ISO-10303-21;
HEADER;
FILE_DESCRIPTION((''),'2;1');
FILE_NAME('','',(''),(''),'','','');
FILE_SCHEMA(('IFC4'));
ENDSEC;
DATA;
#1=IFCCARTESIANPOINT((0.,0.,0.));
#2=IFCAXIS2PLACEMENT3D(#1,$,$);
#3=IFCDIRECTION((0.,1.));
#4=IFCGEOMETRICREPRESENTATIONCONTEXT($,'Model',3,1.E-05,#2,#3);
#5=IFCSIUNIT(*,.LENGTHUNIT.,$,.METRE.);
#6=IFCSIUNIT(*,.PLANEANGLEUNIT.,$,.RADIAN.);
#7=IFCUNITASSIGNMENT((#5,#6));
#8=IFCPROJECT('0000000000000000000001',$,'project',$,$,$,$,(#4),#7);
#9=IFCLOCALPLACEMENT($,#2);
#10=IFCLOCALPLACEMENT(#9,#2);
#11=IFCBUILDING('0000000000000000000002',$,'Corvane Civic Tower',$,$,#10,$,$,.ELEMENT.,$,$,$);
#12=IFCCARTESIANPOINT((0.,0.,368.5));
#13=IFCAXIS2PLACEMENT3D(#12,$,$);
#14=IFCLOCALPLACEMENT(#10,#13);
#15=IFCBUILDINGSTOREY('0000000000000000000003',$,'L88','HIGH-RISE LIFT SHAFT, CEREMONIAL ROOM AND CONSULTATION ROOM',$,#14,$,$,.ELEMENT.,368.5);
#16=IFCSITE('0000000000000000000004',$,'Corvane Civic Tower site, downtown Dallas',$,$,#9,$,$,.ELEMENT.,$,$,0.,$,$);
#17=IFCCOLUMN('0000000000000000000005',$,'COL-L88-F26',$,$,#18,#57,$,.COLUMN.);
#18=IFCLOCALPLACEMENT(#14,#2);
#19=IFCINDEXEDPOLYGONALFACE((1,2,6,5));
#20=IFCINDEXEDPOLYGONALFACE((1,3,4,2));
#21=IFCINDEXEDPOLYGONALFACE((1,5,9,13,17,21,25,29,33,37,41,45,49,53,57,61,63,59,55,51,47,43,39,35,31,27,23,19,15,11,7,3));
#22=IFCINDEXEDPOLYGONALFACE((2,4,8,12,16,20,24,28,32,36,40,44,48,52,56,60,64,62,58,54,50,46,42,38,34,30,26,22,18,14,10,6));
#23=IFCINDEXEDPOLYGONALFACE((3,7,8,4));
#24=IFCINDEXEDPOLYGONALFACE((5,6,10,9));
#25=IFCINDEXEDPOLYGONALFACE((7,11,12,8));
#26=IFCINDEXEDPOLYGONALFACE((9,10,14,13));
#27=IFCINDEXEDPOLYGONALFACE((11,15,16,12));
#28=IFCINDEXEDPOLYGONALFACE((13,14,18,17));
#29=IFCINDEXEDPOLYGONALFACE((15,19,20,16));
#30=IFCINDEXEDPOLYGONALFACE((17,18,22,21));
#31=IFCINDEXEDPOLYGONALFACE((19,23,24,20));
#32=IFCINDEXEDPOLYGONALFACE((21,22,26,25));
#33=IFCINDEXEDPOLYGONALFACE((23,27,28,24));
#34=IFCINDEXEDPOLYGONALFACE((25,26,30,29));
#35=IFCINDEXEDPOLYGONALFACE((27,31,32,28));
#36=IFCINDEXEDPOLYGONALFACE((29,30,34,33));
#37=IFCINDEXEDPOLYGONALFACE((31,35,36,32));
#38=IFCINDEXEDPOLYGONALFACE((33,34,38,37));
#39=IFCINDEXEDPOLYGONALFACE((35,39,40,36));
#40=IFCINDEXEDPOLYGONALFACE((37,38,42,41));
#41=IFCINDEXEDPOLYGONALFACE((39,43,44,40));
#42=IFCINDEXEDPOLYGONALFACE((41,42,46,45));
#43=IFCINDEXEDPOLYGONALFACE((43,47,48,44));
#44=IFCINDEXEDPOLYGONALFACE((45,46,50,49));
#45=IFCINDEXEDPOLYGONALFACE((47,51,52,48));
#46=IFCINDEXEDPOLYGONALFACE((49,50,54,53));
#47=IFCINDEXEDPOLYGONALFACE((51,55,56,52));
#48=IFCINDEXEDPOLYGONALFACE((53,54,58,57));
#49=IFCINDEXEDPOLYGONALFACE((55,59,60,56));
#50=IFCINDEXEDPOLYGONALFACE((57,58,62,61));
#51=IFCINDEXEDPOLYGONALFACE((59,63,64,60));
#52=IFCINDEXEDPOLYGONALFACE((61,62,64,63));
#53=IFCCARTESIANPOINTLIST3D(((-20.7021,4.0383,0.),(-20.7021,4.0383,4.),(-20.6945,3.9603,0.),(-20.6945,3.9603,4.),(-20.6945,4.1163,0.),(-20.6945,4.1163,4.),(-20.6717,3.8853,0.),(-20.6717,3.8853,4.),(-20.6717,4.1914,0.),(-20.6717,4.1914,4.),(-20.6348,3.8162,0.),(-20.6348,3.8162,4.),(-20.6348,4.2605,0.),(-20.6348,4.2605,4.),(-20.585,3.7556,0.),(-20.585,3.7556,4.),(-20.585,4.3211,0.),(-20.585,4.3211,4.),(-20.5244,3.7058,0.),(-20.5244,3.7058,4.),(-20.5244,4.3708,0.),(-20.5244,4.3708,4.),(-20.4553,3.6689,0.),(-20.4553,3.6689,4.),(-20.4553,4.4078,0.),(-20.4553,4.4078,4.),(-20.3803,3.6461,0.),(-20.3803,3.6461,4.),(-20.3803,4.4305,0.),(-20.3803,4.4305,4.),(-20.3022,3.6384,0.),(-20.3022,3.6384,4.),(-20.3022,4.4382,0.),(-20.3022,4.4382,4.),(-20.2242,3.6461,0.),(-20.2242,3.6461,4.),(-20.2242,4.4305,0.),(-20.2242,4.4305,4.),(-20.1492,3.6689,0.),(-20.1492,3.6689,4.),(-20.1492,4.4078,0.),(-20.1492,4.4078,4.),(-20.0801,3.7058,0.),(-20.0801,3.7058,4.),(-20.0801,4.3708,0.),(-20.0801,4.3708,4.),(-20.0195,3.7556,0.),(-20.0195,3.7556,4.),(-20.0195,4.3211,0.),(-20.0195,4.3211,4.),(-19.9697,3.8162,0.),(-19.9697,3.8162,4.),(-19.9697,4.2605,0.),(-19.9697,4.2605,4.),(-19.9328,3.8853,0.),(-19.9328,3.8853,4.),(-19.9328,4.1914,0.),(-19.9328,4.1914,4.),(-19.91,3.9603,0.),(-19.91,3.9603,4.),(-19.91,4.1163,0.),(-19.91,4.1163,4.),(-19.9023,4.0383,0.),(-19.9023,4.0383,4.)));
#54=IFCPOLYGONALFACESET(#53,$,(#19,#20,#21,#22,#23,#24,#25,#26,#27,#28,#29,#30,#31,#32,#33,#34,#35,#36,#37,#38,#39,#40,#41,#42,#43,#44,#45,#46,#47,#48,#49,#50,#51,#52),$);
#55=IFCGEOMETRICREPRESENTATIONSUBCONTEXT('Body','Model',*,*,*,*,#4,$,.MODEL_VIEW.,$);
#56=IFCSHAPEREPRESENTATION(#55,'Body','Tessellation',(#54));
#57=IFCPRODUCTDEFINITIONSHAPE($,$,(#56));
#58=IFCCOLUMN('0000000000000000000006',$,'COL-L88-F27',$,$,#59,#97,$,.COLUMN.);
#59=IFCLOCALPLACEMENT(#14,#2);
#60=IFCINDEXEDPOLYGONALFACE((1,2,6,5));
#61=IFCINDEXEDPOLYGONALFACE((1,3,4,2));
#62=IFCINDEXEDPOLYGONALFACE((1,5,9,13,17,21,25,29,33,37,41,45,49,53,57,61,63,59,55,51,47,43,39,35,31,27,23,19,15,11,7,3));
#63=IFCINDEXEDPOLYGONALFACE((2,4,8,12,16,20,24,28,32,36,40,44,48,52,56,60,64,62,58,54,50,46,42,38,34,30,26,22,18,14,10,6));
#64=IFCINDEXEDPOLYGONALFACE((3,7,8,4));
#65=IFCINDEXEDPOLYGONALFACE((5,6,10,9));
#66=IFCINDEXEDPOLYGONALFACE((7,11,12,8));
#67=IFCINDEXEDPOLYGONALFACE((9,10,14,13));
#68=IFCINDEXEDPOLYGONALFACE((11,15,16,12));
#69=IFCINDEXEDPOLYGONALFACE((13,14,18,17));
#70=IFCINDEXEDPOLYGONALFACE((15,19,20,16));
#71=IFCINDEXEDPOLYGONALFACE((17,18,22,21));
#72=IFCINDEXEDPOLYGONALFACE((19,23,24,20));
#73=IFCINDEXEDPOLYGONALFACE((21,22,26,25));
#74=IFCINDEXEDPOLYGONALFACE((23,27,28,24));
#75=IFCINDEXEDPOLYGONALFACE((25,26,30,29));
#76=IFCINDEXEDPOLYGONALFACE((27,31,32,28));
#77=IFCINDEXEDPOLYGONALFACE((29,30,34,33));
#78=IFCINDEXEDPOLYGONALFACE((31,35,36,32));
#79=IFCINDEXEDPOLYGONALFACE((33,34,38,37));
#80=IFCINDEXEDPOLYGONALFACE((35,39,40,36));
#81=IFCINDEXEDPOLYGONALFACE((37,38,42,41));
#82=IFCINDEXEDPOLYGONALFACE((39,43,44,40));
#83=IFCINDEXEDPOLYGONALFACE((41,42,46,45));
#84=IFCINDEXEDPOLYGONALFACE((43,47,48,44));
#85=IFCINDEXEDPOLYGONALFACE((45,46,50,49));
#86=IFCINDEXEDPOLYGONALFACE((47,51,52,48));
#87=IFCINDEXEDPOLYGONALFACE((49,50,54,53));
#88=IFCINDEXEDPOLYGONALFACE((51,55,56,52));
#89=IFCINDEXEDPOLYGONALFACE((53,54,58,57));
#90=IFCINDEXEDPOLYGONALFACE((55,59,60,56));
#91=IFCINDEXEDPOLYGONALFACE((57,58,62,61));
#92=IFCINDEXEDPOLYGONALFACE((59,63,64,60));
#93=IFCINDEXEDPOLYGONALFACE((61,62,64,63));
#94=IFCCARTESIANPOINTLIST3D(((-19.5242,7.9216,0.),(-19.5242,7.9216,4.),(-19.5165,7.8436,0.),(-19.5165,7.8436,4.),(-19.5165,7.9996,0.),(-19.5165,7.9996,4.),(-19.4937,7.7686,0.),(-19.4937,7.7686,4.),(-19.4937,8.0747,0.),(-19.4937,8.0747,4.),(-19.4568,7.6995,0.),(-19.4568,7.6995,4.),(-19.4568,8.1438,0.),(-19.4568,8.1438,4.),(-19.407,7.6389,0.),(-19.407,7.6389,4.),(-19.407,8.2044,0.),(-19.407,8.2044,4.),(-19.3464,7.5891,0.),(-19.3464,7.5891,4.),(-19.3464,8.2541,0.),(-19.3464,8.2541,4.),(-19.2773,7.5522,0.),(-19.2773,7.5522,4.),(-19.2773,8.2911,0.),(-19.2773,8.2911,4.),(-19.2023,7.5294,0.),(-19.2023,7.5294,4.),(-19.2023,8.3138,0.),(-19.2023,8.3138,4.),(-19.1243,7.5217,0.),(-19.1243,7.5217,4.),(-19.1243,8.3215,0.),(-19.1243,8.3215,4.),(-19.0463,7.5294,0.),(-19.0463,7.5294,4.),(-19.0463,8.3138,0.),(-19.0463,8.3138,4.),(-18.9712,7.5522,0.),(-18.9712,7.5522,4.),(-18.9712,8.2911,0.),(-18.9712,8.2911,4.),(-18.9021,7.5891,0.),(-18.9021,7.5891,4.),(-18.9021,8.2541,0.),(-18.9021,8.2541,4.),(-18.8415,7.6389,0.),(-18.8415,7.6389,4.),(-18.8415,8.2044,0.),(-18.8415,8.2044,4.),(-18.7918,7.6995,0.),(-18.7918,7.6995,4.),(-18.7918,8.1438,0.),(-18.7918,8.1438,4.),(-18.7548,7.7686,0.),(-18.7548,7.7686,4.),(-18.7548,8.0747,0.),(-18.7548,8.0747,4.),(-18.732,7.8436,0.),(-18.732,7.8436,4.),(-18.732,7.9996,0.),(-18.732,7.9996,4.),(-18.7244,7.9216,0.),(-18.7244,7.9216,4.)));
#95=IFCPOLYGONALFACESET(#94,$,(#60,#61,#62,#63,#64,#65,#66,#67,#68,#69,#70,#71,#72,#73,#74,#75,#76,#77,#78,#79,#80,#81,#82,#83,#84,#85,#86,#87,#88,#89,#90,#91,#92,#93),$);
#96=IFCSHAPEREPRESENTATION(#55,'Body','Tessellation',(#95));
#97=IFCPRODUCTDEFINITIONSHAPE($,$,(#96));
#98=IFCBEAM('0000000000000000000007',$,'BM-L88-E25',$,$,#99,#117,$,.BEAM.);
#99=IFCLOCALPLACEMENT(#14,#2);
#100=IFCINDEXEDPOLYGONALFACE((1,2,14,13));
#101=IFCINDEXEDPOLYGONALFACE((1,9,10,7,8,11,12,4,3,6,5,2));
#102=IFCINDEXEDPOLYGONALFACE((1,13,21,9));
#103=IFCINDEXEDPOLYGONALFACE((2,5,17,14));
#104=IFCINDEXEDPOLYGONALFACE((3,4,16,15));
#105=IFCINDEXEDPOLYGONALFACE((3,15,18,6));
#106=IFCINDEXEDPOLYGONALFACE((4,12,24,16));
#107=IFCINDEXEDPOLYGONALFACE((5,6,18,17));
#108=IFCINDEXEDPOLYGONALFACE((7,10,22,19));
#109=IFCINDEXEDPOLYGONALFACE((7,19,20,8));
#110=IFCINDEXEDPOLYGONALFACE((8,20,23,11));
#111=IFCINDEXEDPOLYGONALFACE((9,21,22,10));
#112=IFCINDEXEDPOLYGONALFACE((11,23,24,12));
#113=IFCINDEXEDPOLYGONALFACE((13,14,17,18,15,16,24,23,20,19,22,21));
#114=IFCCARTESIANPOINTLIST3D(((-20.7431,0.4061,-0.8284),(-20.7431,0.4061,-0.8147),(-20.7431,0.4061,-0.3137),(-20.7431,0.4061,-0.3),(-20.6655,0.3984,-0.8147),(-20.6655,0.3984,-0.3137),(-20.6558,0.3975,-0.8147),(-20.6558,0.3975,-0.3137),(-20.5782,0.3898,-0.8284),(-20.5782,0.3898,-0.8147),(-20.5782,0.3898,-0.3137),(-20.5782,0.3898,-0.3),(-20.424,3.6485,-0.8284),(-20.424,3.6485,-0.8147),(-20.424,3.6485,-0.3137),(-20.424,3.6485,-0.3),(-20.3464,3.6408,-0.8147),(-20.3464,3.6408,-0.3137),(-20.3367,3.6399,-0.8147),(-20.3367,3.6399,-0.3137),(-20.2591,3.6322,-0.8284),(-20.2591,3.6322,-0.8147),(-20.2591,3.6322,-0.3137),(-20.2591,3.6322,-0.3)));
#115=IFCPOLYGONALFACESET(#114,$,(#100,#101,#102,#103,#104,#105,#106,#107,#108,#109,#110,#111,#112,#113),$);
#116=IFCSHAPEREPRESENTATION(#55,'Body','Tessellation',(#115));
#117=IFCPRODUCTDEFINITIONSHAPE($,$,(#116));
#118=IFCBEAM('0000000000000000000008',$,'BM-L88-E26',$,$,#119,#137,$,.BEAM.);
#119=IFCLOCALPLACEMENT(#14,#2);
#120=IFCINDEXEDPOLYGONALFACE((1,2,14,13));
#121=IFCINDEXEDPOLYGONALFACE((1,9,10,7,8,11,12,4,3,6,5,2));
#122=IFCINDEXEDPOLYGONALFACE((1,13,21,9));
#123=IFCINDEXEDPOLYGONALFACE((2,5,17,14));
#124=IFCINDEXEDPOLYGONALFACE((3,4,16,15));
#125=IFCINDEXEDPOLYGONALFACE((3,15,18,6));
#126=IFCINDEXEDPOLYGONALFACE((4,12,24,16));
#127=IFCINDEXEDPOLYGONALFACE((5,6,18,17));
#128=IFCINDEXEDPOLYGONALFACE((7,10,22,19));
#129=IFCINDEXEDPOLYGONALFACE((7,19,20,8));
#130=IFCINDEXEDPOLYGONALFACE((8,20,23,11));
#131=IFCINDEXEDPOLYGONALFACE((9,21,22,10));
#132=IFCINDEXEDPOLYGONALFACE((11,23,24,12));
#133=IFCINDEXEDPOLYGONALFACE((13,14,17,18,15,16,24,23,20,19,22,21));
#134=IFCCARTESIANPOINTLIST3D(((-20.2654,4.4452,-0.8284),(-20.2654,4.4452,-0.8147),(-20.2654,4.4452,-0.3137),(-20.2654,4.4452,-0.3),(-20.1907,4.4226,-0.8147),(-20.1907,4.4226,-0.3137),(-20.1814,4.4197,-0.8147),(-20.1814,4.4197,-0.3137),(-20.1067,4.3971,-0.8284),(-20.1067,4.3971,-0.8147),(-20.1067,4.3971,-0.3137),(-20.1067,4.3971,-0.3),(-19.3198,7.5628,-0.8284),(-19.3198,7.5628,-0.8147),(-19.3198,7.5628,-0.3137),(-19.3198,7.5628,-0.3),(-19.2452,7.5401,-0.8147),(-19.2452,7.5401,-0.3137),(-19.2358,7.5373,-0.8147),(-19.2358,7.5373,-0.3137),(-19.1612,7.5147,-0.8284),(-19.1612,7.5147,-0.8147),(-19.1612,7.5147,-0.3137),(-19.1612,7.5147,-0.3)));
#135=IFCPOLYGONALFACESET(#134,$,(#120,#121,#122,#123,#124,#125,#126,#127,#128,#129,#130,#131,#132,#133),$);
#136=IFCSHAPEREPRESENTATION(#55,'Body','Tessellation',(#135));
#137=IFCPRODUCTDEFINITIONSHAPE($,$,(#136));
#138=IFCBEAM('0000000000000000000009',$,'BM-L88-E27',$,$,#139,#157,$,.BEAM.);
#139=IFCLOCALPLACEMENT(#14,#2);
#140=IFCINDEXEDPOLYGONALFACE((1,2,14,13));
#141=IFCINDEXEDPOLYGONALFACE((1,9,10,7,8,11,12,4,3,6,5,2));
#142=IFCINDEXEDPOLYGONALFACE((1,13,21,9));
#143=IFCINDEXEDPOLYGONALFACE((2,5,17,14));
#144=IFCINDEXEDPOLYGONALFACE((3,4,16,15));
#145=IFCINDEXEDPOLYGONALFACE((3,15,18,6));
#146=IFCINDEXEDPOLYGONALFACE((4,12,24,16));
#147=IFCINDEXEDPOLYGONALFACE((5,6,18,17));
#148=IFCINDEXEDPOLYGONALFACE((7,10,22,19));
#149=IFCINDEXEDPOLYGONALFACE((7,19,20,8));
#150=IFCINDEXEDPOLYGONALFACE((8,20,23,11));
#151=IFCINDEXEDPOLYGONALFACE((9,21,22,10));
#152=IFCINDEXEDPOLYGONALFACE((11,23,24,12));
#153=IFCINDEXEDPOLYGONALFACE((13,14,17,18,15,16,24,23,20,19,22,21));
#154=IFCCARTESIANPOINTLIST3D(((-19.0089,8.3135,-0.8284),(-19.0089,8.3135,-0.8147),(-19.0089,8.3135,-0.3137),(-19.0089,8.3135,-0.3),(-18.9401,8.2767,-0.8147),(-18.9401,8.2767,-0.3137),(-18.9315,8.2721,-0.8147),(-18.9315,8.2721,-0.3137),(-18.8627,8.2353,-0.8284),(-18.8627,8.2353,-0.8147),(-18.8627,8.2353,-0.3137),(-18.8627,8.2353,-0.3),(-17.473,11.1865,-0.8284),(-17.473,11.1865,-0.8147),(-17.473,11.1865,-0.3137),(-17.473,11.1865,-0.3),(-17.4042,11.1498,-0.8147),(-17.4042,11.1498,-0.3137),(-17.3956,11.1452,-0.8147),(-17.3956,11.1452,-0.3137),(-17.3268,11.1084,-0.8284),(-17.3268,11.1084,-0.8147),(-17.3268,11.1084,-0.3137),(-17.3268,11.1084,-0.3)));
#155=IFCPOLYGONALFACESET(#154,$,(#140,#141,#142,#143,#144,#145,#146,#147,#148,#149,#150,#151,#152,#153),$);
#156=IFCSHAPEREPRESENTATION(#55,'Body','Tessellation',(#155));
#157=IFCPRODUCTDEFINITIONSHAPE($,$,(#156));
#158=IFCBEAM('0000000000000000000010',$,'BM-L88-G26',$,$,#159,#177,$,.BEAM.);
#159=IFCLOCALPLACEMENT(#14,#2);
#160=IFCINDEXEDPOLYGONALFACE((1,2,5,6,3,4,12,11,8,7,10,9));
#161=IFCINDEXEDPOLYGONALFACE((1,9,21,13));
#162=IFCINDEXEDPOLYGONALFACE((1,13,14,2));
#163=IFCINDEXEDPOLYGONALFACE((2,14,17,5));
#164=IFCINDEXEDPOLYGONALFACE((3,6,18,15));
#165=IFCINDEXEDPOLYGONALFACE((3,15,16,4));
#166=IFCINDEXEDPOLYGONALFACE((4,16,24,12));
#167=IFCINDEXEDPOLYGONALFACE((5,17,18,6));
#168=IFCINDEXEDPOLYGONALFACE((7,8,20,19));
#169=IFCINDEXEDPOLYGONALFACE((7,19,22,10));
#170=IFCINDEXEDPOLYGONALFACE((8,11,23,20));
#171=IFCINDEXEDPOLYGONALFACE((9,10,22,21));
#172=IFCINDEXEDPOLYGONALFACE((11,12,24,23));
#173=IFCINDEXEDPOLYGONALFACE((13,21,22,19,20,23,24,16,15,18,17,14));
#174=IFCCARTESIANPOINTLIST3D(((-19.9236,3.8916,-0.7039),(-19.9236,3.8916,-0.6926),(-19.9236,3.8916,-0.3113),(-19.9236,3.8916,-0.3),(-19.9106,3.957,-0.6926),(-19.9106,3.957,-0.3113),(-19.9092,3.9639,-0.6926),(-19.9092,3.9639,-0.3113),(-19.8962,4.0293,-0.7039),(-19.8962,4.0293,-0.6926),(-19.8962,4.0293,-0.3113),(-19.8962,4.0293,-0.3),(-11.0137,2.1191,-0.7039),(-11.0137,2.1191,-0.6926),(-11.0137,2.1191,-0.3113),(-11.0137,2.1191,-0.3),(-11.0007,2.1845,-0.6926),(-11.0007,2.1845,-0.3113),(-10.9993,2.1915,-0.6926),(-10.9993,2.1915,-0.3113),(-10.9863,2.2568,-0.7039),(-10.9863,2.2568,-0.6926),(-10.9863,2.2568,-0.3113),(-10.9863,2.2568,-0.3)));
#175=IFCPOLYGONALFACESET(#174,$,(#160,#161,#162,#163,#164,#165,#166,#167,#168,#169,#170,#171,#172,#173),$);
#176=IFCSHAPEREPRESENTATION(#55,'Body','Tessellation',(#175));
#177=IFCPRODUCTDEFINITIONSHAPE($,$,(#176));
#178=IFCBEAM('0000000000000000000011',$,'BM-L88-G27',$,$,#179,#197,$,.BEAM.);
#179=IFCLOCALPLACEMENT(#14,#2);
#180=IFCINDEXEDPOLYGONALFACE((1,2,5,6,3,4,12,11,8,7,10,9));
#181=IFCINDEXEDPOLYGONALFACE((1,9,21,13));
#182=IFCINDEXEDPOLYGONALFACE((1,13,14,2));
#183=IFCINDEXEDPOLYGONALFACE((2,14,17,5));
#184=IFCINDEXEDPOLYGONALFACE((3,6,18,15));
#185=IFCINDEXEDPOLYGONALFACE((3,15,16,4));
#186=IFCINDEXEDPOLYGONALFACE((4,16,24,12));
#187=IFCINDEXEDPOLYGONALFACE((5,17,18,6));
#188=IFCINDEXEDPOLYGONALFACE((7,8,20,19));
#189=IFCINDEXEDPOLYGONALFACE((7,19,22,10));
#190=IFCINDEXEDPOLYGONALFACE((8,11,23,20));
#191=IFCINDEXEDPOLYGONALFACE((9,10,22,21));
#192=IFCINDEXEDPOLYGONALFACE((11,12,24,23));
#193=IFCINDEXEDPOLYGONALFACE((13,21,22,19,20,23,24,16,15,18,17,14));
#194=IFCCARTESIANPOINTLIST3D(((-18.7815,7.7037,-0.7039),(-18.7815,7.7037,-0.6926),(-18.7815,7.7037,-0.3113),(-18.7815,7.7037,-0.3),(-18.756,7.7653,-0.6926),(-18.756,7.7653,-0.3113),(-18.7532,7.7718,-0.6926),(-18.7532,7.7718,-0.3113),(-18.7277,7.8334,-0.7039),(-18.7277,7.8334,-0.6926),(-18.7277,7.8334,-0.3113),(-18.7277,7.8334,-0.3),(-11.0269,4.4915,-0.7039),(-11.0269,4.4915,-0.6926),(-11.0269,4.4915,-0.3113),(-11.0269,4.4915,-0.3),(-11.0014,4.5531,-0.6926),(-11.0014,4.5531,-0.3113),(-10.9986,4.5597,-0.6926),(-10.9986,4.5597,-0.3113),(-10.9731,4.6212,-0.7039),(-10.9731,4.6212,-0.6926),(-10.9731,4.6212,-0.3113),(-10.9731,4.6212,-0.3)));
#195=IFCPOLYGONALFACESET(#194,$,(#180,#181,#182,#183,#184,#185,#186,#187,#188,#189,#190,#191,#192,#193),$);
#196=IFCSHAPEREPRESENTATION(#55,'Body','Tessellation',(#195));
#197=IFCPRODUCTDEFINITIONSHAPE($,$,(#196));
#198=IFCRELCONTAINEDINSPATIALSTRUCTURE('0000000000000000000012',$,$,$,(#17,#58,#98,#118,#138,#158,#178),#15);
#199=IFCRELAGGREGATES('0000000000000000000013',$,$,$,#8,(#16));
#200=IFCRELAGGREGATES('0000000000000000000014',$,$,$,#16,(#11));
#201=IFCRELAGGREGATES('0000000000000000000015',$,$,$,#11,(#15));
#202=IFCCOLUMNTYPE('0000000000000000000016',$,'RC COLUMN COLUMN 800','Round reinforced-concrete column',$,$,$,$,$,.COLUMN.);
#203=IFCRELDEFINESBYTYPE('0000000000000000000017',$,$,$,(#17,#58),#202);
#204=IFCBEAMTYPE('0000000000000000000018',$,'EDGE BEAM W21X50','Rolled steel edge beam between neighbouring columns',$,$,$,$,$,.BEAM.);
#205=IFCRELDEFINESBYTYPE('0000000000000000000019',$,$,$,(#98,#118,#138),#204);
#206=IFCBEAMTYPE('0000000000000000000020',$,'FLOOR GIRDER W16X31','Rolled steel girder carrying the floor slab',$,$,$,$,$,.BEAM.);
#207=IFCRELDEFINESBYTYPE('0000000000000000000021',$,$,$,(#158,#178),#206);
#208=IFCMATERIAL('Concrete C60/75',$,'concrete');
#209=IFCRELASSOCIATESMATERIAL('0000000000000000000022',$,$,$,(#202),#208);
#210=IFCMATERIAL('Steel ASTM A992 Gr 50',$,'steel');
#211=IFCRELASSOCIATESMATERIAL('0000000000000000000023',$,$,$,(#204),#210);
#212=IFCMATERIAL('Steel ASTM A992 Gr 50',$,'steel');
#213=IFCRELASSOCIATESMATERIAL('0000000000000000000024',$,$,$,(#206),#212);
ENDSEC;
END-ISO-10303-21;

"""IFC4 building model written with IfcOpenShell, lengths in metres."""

from ifc_helpers import new_model, si_unit, direction, frame, origin, origin_2d, place, context, subcontext, project, spatial, circle, i_section, extrude, material, material_profile, profile_set, type_object, element, save


model = new_model("IFC4")

# Units and contexts
model_context = context("Model", 3, precision=1e-05, world=origin(), true_north=direction((0.0, 1.0)))
body_context = subcontext(model_context, "Body", "Model", "MODEL_VIEW")
ifc_project = project(units=[si_unit("LENGTHUNIT", "METRE"), si_unit("PLANEANGLEUNIT", "RADIAN")], contexts=[model_context])

# Site, building, storey
site_placement = place(None, origin())
site = spatial("IfcSite", under=ifc_project, at=site_placement, Name="Corvane Civic Tower site, downtown Dallas", CompositionType="ELEMENT", RefElevation=0.0)
building_placement = place(site_placement, origin())
building = spatial("IfcBuilding", under=site, at=building_placement, Name="Corvane Civic Tower", CompositionType="ELEMENT")
storey_placement = place(building_placement, frame((0.0, 0.0, 368.5)))
storey = spatial("IfcBuildingStorey", under=building, at=storey_placement, Name="L88", Description="HIGH-RISE LIFT SHAFT, CEREMONIAL ROOM AND CONSULTATION ROOM", CompositionType="ELEMENT", Elevation=368.5)

# Columns
ifc_material_1 = material(Name="Concrete C60/75", Category="concrete")
ifc_material_profile_1 = material_profile(ifc_material_1, circle(Radius=0.3999, at=origin_2d()), Name="COLUMN 800")
ifc_profile_set_1 = profile_set([ifc_material_profile_1], Name="Concrete C60/75")
column_type = type_object("IfcColumnType", Name="RC COLUMN COLUMN 800", Description="Round reinforced-concrete column", PredefinedType="COLUMN", material=ifc_profile_set_1)
for number, where, z_axis, x_axis, name in (
    (1, (-20.3022, 4.0383, 0.0), (0.0, 0.0, 1.0), (1.0, 0.0, 0.0), "COL-L88-F26"),
    (2, (-19.1243, 7.9216, 0.0), (0.0, 0.0, 1.0), (1.0, 0.0, 0.0), "COL-L88-F27"),
):
    element("IfcColumn", number, at=place(storey_placement, frame(where, z_axis=z_axis, x_axis=x_axis)), inside=storey, type_object=column_type, Name=name, PredefinedType="COLUMN", context=body_context, shape_type="SweptSolid", body=[
        extrude(circle(Radius=0.3999, at=origin_2d()), origin(), (0.0, 0.0, 1.0), 4.0),
    ])

# Beams
ifc_material_2 = material(Name="Steel ASTM A992 Gr 50", Category="steel")
ifc_material_profile_2 = material_profile(ifc_material_2, i_section(OverallWidth=0.1658, OverallDepth=0.5283, WebThickness=0.0098, FlangeThickness=0.0137, at=origin_2d()), Name="W21X50")
ifc_profile_set_2 = profile_set([ifc_material_profile_2], Name="Steel ASTM A992 Gr 50")
beam_type_1 = type_object("IfcBeamType", Name="EDGE BEAM W21X50", Description="Rolled steel edge beam between neighbouring columns", PredefinedType="BEAM", material=ifc_profile_set_2)
beam_1_placement = place(storey_placement, frame((-20.6606, 0.3979, -0.5642), z_axis=(0.097938, 0.995193, 0.0), x_axis=(-0.995193, 0.097938, 0.0)))
element("IfcBeam", 3, at=beam_1_placement, inside=storey, type_object=beam_type_1, Name="BM-L88-E25", PredefinedType="BEAM", context=body_context, shape_type="SweptSolid", body=[
    extrude(i_section(OverallWidth=0.1658, OverallDepth=0.5283, WebThickness=0.0098, FlangeThickness=0.0137, at=origin_2d()), origin(), (0.0, 0.0, 1.0), 3.2581),
])
for number, where, z_axis, x_axis, name in (
    (4, (-20.186, 4.4211, -0.5642), (0.290234, 0.956956, 0.0), (-0.956956, 0.290234, 0.0), "BM-L88-E26"),
    (5, (-18.9358, 8.2744, -0.5642), (0.471448, 0.881894, 0.0), (-0.881894, 0.471448, 0.0), "BM-L88-E27"),
):
    element("IfcBeam", number, at=place(storey_placement, frame(where, z_axis=z_axis, x_axis=x_axis)), inside=storey, type_object=beam_type_1, Name=name, PredefinedType="BEAM", context=body_context, shape_type="SweptSolid", body=[
        extrude(i_section(OverallWidth=0.1658, OverallDepth=0.5283, WebThickness=0.0098, FlangeThickness=0.0137, at=origin_2d()), origin(), (0.0, 0.0, 1.0), 3.2578),
    ])
ifc_material_3 = material(Name="Steel ASTM A992 Gr 50", Category="steel")
ifc_material_profile_3 = material_profile(ifc_material_3, i_section(OverallWidth=0.1404, OverallDepth=0.4038, WebThickness=0.0071, FlangeThickness=0.0112, at=origin_2d()), Name="W16X31")
ifc_profile_set_3 = profile_set([ifc_material_profile_3], Name="Steel ASTM A992 Gr 50")
beam_type_2 = type_object("IfcBeamType", Name="FLOOR GIRDER W16X31", Description="Rolled steel girder carrying the floor slab", PredefinedType="BEAM", material=ifc_profile_set_3)
beam_2_placement = place(storey_placement, frame((-11.0, 2.188, -0.502), z_axis=(-0.980782, 0.195108, 0.0), x_axis=(-0.195108, -0.980782, 0.0)))
element("IfcBeam", 6, at=beam_2_placement, inside=storey, type_object=beam_type_2, Name="BM-L88-G26", PredefinedType="BEAM", context=body_context, shape_type="SweptSolid", body=[
    extrude(i_section(OverallWidth=0.1404, OverallDepth=0.4038, WebThickness=0.0071, FlangeThickness=0.0112, at=origin_2d()), origin(), (0.0, 0.0, 1.0), 9.0845),
])
beam_3_placement = place(storey_placement, frame((-11.0, 4.5564, -0.502), z_axis=(-0.923876, 0.382692, 0.0), x_axis=(-0.382692, -0.923876, 0.0)))
element("IfcBeam", 7, at=beam_3_placement, inside=storey, type_object=beam_type_2, Name="BM-L88-G27", PredefinedType="BEAM", context=body_context, shape_type="SweptSolid", body=[
    extrude(i_section(OverallWidth=0.1404, OverallDepth=0.4038, WebThickness=0.0071, FlangeThickness=0.0112, at=origin_2d()), origin(), (0.0, 0.0, 1.0), 8.3936),
])

save(model, "model.ifc")
